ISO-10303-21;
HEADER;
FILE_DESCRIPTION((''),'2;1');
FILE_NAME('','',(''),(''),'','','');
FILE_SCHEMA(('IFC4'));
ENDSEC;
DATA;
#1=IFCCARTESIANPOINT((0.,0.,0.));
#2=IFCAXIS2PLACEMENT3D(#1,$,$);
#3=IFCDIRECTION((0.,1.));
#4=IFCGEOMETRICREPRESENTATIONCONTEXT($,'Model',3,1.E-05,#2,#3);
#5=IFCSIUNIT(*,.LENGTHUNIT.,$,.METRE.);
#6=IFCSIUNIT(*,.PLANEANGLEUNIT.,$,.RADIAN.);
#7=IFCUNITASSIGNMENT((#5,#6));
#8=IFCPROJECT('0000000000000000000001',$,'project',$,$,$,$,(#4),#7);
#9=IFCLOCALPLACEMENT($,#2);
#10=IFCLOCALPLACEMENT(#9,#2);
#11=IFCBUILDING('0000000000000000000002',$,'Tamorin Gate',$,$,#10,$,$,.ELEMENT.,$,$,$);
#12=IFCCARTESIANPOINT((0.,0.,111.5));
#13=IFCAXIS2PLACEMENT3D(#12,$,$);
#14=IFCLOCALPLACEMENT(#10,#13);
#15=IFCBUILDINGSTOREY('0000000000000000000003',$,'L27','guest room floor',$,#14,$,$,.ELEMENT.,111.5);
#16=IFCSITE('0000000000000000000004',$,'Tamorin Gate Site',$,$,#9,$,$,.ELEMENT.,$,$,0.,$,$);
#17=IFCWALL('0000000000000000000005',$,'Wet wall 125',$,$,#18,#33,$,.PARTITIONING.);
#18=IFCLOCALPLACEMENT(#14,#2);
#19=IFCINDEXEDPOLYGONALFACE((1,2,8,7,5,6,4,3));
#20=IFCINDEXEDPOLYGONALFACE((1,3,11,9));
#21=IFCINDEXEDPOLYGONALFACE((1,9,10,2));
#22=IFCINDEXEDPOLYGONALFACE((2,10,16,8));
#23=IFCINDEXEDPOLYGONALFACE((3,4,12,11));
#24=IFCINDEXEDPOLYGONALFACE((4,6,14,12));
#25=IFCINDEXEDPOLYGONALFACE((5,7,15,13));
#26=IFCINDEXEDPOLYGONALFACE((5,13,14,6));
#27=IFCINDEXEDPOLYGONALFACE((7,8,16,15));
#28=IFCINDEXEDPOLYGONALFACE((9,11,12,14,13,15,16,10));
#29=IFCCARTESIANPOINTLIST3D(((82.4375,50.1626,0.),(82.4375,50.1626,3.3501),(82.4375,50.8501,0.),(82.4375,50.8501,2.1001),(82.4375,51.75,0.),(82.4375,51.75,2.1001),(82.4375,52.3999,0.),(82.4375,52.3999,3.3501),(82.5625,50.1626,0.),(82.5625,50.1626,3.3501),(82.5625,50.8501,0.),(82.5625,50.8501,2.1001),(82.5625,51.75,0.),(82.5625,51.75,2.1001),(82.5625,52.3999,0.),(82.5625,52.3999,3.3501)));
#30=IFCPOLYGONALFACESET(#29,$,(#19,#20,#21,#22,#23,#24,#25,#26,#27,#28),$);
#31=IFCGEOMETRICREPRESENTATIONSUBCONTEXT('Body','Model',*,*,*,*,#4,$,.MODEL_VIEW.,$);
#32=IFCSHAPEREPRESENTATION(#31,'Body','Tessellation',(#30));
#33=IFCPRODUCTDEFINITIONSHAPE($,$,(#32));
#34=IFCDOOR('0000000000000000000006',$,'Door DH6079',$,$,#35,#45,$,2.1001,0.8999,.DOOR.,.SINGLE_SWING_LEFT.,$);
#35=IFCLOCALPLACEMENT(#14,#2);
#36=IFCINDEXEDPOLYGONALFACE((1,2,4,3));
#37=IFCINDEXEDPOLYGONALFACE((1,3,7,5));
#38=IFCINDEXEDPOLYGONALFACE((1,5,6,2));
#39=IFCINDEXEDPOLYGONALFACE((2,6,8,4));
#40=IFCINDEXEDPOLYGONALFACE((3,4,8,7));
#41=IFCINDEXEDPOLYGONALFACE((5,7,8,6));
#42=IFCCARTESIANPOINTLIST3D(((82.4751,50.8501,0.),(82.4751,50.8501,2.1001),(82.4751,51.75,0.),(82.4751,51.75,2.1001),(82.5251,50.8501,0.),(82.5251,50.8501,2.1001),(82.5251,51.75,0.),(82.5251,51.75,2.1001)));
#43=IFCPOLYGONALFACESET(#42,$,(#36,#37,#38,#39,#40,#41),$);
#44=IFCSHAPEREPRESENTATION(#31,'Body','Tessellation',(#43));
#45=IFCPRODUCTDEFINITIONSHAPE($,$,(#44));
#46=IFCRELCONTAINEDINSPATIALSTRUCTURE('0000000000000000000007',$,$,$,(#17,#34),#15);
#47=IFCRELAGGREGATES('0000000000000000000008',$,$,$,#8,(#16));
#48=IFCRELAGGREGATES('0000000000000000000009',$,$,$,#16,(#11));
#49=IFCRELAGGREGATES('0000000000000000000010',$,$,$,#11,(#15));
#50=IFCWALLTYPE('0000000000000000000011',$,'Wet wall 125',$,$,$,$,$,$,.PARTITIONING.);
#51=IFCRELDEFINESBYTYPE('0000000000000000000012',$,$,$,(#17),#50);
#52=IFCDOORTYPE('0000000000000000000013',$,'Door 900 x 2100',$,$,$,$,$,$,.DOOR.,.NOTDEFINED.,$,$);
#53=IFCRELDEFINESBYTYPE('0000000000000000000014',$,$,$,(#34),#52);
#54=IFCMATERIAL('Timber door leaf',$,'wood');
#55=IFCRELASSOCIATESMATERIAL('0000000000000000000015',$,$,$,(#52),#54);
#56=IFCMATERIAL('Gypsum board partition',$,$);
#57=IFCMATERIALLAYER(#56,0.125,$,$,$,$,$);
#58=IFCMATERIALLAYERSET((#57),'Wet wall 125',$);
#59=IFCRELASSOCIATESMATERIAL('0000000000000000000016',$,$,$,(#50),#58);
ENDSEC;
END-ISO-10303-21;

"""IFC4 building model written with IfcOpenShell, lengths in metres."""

from ifc_helpers import new_model, si_unit, direction, frame, frame_2d, origin, place, context, subcontext, project, spatial, rectangle, extrude, material, layer, layer_set, type_object, element, fill, save


model = new_model("IFC4")

# Units and contexts
model_context = context("Model", 3, precision=1e-05, world=origin(), true_north=direction((0.0, 1.0)))
body_context = subcontext(model_context, "Body", "Model", "MODEL_VIEW")
ifc_project = project(units=[si_unit("LENGTHUNIT", "METRE"), si_unit("PLANEANGLEUNIT", "RADIAN")], contexts=[model_context])

# Site, building, storey
site_placement = place(None, origin())
site = spatial("IfcSite", under=ifc_project, at=site_placement, Name="Tamorin Gate Site", CompositionType="ELEMENT", RefElevation=0.0)
building_placement = place(site_placement, origin())
building = spatial("IfcBuilding", under=site, at=building_placement, Name="Tamorin Gate", CompositionType="ELEMENT")
storey_placement = place(building_placement, frame((0.0, 0.0, 111.5)))
storey = spatial("IfcBuildingStorey", under=building, at=storey_placement, Name="L27", Description="guest room floor", CompositionType="ELEMENT", Elevation=111.5)

# Shared definitions
ifc_material_1 = material(Name="Gypsum board partition")
ifc_material_2 = material(Name="Timber door leaf", Category="wood")
door_type = type_object("IfcDoorType", Name="Door 900 x 2100", OperationType="NOTDEFINED", PredefinedType="DOOR", material=ifc_material_2)

# Wall, opening, door
ifc_layer_1 = layer(ifc_material_1, 0.125)
ifc_layer_set_1 = layer_set([ifc_layer_1], Name="Wet wall 125")
wall_type_1 = type_object("IfcWallType", Name="Wet wall 125", PredefinedType="PARTITIONING", material=ifc_layer_set_1)
wall_1_placement = place(storey_placement, frame((82.5, 50.1626, 0.0), z_axis=(0.0, 0.0, 1.0), x_axis=(0.0, 1.0, 0.0)))
wall_1 = element("IfcWall", 1, at=wall_1_placement, inside=storey, type_object=wall_type_1, Name="Wet wall 125", PredefinedType="PARTITIONING", context=body_context, shape_type="SweptSolid", body=[
    extrude(rectangle(XDim=2.2373, YDim=0.125, at=frame_2d((1.1187, 0.0))), origin(), (0.0, 0.0, 1.0), 3.3501),
])
opening_1_placement = place(wall_1_placement, frame((0.6875, 0.0, 0.0)))
opening_1 = element("IfcOpeningElement", 2, at=opening_1_placement, cuts=wall_1, PredefinedType="OPENING", context=body_context, shape_type="SweptSolid", body=[
    extrude(rectangle(XDim=0.8999, YDim=2.1001, at=frame_2d((0.45, 1.05))), frame((0.0, 0.0725, 0.0), z_axis=(0.0, -1.0, 0.0), x_axis=(1.0, 0.0, 0.0)), (0.0, 0.0, 1.0), 0.145),
])
door_1_placement = place(opening_1_placement, origin())
door_1 = element("IfcDoor", 3, at=door_1_placement, inside=storey, type_object=door_type, Name="Door DH6079", OperationType="SINGLE_SWING_LEFT", OverallHeight=2.1001, OverallWidth=0.8999, PredefinedType="DOOR", context=body_context, shape_type="SweptSolid", body=[
    extrude(rectangle(XDim=0.8999, YDim=2.1001, at=frame_2d((0.45, 1.05))), frame((0.0, 0.0249, 0.0), z_axis=(0.0, -1.0, 0.0), x_axis=(1.0, 0.0, 0.0)), (0.0, 0.0, 1.0), 0.05),
])
fill(opening_1, door_1)

save(model, "model.ifc")
